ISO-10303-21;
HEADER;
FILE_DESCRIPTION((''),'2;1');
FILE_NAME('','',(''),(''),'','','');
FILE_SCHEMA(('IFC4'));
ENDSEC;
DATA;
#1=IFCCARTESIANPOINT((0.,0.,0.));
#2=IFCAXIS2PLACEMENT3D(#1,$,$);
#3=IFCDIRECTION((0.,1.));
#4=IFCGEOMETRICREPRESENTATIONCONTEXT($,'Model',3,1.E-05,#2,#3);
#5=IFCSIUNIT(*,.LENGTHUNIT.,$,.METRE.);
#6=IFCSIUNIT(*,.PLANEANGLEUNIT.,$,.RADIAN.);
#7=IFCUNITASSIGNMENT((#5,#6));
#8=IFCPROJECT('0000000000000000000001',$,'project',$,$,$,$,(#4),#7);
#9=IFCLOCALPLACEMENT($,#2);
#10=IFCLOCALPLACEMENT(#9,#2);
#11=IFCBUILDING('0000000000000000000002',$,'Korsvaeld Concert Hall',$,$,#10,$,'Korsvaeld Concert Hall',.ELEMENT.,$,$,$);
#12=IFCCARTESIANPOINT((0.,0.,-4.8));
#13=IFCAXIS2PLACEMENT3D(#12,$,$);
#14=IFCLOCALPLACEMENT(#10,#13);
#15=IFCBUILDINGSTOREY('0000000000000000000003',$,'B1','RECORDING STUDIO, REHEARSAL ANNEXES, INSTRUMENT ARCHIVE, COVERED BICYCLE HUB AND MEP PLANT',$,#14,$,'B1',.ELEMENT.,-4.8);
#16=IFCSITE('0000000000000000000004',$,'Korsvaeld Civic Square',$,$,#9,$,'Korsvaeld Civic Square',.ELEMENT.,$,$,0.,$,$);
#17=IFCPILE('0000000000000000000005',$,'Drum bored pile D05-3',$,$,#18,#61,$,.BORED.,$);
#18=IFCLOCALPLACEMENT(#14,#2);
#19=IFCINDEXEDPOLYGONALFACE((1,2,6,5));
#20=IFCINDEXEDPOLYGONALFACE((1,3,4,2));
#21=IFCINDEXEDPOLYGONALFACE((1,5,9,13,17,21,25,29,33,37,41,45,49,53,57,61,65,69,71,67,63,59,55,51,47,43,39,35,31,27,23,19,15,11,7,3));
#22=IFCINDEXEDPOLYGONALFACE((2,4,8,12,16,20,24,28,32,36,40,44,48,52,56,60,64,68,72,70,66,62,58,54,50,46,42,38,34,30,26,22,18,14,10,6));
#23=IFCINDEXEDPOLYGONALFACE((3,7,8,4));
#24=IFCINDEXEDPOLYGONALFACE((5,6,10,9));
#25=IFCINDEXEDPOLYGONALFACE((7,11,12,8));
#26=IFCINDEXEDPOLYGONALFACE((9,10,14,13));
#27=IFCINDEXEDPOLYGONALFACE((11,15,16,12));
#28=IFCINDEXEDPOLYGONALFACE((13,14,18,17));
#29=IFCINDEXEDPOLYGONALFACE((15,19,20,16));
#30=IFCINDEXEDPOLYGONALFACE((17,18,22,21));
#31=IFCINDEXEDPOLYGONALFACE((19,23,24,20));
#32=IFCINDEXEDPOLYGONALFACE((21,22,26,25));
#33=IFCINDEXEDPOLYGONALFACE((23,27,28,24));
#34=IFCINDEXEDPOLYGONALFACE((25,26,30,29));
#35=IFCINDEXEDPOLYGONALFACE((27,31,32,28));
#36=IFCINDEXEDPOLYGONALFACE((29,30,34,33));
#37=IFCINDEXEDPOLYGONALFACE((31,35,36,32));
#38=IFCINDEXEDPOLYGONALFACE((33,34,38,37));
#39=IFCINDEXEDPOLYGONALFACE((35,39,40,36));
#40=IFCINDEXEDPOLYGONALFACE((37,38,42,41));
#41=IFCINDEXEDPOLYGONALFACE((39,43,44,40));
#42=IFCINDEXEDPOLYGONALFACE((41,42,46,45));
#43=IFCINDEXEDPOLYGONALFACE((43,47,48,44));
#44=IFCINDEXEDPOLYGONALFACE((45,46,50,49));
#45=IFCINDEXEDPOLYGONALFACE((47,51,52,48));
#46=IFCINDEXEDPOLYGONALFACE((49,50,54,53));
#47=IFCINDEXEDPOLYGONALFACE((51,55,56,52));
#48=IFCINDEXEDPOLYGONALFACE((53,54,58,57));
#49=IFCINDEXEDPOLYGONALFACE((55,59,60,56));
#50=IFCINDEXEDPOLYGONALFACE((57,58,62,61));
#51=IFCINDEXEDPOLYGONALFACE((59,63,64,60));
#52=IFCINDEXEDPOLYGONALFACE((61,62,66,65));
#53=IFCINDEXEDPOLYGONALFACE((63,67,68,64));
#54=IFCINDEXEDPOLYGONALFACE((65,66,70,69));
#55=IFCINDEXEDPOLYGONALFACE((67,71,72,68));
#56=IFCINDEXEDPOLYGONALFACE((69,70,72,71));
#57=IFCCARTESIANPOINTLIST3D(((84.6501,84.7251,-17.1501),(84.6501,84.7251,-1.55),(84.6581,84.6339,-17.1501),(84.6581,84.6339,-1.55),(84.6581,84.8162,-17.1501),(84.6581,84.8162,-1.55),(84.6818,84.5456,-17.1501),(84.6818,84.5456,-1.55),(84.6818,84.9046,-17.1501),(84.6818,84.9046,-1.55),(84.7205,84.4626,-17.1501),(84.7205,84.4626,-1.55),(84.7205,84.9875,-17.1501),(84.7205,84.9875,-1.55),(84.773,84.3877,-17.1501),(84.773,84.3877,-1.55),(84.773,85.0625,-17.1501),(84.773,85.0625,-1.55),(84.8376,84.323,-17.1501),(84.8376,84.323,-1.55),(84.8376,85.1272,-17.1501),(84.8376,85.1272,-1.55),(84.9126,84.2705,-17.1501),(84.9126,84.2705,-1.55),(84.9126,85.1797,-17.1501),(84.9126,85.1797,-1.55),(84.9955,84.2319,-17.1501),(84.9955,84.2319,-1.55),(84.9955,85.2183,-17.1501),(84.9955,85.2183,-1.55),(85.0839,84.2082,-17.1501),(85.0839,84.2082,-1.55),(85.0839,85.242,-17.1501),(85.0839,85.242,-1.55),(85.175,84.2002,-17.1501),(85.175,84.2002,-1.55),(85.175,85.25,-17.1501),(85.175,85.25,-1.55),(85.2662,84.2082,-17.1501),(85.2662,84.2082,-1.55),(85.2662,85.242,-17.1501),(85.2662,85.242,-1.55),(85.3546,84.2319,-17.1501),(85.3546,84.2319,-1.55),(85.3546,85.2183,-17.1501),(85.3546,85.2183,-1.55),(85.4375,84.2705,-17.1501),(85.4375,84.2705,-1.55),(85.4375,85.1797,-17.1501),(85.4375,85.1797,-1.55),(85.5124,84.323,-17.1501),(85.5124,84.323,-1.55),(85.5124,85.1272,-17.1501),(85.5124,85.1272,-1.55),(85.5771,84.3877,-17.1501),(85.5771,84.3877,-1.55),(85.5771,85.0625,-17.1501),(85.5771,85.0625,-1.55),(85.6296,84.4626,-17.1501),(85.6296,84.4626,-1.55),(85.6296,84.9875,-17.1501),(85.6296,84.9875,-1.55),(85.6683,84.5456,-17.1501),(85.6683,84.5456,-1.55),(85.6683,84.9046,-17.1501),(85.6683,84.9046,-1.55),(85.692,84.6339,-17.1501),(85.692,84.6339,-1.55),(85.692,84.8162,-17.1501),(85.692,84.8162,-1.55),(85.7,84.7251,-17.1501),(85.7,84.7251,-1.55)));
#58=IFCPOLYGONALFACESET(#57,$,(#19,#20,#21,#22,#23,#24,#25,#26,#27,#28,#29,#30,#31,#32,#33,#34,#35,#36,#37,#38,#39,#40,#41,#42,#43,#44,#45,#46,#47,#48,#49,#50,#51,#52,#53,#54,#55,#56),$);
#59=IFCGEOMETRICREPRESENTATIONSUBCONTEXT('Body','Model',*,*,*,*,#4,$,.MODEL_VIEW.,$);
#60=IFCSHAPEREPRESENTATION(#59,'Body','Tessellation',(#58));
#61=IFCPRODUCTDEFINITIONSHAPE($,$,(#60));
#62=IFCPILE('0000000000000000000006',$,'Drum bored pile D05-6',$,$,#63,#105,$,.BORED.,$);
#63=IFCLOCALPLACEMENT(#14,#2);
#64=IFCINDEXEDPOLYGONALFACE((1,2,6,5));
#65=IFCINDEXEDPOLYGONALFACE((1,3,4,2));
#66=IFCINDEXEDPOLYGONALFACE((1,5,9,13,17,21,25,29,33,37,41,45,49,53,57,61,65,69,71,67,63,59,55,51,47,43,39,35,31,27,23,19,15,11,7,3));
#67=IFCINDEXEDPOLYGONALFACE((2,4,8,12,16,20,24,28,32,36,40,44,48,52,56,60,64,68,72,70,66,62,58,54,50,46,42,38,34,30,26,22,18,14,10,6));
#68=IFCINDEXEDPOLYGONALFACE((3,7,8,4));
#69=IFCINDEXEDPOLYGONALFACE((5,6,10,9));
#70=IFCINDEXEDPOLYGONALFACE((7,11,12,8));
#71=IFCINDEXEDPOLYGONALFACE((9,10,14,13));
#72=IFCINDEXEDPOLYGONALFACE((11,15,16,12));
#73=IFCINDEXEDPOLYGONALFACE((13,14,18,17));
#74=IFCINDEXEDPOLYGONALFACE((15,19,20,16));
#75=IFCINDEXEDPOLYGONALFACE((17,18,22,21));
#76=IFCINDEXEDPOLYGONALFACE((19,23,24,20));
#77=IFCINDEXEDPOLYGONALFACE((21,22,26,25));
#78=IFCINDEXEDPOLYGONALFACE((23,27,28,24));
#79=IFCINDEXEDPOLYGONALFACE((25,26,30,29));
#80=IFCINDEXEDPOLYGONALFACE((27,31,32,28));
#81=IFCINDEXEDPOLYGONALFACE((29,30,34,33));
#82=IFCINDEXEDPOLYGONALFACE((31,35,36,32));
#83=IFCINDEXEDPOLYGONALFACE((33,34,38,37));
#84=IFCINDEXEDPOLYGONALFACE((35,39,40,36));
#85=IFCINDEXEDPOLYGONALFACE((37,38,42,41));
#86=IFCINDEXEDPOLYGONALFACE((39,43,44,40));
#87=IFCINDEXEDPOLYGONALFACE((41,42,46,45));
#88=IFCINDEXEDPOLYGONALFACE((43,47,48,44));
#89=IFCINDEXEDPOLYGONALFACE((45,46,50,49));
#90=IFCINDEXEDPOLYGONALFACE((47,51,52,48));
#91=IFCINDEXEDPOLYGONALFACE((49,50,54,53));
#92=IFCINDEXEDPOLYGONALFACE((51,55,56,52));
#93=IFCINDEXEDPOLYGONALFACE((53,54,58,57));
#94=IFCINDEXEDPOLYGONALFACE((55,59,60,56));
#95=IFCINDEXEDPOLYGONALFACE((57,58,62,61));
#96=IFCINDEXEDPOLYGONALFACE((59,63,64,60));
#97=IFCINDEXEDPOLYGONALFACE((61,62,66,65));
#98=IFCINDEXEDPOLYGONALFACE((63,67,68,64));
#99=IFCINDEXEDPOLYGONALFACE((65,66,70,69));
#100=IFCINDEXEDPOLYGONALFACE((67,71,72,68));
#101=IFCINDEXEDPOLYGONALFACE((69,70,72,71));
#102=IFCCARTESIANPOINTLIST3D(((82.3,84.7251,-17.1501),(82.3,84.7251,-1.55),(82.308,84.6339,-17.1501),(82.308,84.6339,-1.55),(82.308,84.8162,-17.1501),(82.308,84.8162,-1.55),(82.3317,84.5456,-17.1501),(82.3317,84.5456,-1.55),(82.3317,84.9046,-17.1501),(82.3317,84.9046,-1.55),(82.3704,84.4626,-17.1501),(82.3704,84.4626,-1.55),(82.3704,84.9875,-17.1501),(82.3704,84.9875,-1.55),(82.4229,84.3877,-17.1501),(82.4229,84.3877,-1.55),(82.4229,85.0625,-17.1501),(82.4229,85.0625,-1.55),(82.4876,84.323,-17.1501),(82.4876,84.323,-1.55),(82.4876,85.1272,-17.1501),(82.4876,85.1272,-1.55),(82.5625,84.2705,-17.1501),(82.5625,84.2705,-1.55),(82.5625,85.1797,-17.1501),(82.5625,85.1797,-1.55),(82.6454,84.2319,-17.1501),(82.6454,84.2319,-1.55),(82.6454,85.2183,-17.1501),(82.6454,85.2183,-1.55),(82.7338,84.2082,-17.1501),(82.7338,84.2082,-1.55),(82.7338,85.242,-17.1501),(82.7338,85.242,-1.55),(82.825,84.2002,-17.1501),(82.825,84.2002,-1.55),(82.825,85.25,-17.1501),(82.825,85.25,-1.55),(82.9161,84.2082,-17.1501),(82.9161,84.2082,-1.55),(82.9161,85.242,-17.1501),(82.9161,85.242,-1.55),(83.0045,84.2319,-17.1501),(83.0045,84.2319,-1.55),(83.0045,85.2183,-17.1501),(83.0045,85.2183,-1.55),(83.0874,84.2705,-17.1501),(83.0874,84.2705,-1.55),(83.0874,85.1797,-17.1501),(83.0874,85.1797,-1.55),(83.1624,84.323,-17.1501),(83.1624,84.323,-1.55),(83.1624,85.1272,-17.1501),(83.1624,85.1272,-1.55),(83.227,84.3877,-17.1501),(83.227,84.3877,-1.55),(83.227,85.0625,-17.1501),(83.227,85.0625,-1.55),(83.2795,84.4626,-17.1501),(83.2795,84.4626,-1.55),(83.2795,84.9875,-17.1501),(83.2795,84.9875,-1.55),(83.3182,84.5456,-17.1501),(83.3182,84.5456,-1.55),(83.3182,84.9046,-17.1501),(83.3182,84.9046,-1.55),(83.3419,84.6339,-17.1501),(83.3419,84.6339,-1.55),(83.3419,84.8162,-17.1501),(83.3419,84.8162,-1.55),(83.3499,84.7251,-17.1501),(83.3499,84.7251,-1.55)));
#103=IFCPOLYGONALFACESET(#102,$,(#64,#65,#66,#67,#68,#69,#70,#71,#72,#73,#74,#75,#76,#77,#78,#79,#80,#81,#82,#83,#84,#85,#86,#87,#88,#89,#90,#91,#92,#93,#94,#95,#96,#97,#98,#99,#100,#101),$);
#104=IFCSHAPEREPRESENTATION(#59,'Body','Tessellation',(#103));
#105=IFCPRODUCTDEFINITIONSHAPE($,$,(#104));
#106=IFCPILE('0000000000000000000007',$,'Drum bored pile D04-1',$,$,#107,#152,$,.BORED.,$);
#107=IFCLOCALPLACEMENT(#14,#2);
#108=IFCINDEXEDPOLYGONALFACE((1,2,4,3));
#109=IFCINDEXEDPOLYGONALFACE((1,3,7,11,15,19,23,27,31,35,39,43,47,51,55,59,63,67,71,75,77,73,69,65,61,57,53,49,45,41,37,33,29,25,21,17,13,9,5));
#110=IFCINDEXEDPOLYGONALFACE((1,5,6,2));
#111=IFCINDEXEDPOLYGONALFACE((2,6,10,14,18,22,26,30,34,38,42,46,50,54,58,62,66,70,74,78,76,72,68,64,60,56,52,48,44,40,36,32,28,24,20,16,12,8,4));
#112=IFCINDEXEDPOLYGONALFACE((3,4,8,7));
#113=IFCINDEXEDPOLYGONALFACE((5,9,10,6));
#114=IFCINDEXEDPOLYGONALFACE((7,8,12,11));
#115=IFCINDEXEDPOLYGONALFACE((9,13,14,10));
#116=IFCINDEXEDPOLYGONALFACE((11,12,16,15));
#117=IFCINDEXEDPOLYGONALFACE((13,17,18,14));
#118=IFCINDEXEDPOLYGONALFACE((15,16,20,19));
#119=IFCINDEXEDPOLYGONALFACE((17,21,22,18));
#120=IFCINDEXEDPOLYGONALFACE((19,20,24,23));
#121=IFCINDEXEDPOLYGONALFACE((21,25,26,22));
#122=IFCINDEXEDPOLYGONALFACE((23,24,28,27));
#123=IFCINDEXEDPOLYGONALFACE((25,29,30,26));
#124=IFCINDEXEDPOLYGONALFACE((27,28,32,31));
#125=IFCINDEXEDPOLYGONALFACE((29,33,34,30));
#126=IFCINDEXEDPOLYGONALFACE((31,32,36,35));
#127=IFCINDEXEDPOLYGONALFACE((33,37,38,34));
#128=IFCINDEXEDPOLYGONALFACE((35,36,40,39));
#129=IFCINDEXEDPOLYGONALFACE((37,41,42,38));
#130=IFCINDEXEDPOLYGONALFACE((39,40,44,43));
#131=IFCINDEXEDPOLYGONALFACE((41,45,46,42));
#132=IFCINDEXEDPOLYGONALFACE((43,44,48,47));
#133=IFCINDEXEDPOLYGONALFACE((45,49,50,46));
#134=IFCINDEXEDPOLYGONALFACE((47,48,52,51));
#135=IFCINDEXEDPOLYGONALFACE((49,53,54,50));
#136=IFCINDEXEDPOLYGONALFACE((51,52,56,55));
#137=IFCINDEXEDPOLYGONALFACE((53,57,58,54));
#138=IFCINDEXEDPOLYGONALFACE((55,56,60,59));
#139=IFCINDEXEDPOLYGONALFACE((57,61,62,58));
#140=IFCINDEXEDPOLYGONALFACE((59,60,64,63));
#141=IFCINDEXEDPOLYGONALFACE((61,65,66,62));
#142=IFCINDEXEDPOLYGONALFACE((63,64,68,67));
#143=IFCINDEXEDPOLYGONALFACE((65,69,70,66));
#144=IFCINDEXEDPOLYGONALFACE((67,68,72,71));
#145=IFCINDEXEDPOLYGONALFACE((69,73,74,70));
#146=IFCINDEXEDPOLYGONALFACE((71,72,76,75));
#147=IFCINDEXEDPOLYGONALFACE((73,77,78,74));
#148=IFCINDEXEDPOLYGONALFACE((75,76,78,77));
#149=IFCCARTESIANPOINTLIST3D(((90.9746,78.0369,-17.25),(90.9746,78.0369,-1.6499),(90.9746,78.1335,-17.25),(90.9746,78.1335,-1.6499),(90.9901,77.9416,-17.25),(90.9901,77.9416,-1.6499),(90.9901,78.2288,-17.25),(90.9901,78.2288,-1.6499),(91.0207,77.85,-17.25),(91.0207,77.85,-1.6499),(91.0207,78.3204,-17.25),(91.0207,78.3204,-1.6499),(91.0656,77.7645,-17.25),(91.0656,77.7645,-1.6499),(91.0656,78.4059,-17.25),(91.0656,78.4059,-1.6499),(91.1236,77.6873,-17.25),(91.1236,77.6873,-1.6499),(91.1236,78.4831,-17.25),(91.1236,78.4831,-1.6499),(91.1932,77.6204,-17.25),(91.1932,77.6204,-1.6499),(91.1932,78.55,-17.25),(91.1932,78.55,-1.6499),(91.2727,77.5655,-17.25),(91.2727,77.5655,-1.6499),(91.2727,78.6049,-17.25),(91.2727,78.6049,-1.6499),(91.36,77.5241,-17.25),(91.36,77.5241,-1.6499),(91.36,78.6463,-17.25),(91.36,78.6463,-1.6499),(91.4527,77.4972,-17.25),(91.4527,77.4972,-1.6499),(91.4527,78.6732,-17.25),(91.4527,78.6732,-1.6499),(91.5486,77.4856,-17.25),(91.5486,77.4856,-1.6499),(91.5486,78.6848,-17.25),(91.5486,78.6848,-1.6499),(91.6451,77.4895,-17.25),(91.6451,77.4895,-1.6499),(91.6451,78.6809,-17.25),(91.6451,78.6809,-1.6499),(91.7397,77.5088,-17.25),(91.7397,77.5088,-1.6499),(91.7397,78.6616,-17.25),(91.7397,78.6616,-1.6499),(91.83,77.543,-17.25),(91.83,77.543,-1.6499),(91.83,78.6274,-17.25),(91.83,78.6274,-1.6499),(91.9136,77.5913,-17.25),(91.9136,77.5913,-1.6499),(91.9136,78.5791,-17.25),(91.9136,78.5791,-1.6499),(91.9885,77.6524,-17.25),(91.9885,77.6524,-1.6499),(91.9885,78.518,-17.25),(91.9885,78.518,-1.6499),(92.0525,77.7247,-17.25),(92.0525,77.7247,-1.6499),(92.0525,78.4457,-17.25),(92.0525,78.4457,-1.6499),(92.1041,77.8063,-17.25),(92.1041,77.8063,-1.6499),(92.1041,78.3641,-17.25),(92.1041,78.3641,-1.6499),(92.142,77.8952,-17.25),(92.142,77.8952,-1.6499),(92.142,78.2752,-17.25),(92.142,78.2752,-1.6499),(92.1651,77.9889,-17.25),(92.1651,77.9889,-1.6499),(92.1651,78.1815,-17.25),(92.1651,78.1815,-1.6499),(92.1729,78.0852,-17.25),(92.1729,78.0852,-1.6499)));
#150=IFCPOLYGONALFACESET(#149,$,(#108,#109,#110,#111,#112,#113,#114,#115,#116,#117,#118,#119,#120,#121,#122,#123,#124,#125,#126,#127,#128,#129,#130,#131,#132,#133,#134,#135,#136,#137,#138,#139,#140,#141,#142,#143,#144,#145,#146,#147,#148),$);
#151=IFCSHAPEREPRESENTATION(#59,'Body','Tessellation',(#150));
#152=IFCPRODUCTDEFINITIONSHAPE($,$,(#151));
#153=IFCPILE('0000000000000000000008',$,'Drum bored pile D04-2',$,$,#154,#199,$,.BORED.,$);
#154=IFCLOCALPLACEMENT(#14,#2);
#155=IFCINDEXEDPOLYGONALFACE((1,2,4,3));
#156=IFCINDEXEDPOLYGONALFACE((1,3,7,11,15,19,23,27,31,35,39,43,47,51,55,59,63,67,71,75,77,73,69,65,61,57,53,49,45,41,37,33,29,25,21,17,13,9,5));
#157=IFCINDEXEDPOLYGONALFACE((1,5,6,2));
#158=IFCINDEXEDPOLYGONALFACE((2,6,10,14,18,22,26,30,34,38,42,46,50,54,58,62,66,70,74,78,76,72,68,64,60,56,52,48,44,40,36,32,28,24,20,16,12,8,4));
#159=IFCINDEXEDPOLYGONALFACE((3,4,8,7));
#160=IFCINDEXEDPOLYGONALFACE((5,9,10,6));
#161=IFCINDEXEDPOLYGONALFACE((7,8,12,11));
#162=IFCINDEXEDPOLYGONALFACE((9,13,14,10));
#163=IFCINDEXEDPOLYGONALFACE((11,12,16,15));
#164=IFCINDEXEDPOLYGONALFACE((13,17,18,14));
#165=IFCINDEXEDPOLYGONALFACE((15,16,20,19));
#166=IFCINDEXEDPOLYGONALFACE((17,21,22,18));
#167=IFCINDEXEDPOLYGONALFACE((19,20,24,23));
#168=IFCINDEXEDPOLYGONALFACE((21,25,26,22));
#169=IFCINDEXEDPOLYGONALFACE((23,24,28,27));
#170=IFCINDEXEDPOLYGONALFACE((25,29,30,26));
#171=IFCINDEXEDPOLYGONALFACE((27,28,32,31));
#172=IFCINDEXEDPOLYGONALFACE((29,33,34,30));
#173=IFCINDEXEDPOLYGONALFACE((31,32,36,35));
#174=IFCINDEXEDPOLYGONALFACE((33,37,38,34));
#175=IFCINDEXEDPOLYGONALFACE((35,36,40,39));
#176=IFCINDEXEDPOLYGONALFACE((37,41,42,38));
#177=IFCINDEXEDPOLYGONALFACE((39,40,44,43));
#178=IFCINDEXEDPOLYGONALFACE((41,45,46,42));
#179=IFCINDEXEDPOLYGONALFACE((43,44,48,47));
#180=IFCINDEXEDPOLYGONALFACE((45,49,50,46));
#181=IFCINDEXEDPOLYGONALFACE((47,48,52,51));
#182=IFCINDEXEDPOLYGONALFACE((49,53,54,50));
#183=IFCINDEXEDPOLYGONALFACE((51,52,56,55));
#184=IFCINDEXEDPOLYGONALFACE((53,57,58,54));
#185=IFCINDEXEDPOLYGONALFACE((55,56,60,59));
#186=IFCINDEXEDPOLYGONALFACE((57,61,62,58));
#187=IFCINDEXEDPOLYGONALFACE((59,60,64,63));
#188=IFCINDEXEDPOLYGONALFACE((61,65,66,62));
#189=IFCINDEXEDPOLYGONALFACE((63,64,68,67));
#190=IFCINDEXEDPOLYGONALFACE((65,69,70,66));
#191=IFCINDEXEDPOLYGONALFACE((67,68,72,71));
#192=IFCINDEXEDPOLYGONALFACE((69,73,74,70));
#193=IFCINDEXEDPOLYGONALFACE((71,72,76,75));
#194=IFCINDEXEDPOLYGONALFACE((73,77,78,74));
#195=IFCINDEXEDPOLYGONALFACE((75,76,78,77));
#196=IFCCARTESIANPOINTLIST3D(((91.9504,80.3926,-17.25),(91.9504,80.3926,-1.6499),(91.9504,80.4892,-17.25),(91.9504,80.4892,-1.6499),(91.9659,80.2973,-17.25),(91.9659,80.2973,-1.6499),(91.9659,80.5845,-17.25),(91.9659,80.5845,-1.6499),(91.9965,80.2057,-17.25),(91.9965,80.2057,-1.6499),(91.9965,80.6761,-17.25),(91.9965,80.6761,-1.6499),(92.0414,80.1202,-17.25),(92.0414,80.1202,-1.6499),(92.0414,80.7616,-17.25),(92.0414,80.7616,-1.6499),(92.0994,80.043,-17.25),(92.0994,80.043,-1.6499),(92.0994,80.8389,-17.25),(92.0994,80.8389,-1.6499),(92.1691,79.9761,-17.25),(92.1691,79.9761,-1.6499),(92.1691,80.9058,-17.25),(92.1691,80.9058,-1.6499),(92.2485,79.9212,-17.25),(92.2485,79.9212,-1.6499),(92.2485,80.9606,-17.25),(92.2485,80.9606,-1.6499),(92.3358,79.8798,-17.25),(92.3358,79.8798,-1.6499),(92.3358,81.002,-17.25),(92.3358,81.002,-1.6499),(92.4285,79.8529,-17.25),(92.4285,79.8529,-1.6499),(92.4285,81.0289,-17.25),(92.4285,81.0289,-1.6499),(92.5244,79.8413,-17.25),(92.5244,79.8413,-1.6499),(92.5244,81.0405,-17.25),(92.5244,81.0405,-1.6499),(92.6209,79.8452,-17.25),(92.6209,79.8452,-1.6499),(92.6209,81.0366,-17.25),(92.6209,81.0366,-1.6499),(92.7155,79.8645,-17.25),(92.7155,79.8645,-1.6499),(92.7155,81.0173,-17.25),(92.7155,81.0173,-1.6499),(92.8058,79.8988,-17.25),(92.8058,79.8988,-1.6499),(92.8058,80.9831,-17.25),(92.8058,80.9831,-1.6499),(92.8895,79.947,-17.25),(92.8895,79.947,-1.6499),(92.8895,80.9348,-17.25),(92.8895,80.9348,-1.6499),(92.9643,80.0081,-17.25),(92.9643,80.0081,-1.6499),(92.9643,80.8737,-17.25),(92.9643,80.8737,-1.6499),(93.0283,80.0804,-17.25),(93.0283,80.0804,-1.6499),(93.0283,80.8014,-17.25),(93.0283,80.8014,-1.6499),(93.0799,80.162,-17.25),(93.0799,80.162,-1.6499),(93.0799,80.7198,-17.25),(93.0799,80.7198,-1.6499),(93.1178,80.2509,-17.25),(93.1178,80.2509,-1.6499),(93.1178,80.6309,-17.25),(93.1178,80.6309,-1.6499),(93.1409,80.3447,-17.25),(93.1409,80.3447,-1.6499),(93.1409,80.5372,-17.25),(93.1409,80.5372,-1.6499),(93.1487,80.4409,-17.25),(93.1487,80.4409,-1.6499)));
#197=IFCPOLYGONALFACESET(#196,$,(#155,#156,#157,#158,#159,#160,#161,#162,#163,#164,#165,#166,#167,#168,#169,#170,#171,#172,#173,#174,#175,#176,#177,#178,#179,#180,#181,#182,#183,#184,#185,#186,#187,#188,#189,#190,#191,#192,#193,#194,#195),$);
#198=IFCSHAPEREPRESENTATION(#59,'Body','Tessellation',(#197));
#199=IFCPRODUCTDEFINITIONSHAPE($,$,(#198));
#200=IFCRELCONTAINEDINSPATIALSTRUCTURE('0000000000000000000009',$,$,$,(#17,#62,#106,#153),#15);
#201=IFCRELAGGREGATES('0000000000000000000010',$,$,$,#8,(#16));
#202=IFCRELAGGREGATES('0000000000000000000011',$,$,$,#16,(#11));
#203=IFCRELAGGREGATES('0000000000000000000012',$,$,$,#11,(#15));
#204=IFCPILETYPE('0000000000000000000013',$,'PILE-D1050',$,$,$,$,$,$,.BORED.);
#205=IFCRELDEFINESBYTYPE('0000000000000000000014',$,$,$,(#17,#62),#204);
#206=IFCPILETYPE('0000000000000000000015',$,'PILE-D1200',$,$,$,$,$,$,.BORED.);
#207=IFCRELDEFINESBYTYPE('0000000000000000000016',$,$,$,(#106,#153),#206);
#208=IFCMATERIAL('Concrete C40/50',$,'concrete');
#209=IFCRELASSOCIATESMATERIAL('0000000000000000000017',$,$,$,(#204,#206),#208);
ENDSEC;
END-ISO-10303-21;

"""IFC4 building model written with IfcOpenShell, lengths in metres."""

from ifc_helpers import new_model, si_unit, direction, frame, origin, origin_2d, place, context, subcontext, project, spatial, circle, extrude, material, material_profile, profile_set, type_object, element, save


model = new_model("IFC4")

# Units and contexts
model_context = context("Model", 3, precision=1e-05, world=origin(), true_north=direction((0.0, 1.0)))
body_context = subcontext(model_context, "Body", "Model", "MODEL_VIEW")
ifc_project = project(units=[si_unit("LENGTHUNIT", "METRE"), si_unit("PLANEANGLEUNIT", "RADIAN")], contexts=[model_context])

# Site, building, storey
site_placement = place(None, origin())
site = spatial("IfcSite", under=ifc_project, at=site_placement, Name="Korsvaeld Civic Square", LongName="Korsvaeld Civic Square", CompositionType="ELEMENT", RefElevation=0.0)
building_placement = place(site_placement, origin())
building = spatial("IfcBuilding", under=site, at=building_placement, Name="Korsvaeld Concert Hall", LongName="Korsvaeld Concert Hall", CompositionType="ELEMENT")
storey_placement = place(building_placement, frame((0.0, 0.0, -4.8)))
storey = spatial("IfcBuildingStorey", under=building, at=storey_placement, Name="B1", Description="RECORDING STUDIO, REHEARSAL ANNEXES, INSTRUMENT ARCHIVE, COVERED BICYCLE HUB AND MEP PLANT", LongName="B1", CompositionType="ELEMENT", Elevation=-4.8)

# Piles
ifc_material_1 = material(Name="Concrete C40/50", Category="concrete")
ifc_material_profile_1 = material_profile(ifc_material_1, circle(Radius=0.5249, at=origin_2d()), Name="BORED PILE D1050")
ifc_profile_set_1 = profile_set([ifc_material_profile_1], Name="Concrete C40/50")
pile_type_1 = type_object("IfcPileType", Name="PILE-D1050", PredefinedType="BORED", material=ifc_profile_set_1)
for number, where, z_axis, x_axis, name in (
    (1, (85.175, 84.7251, -1.55), (0.0, 0.0, -1.0), (1.0, 0.0, 0.0), "Drum bored pile D05-3"),
    (2, (82.825, 84.7251, -1.55), (0.0, 0.0, -1.0), (1.0, 0.0, 0.0), "Drum bored pile D05-6"),
):
    element("IfcPile", number, at=place(storey_placement, frame(where, z_axis=z_axis, x_axis=x_axis)), inside=storey, type_object=pile_type_1, Name=name, PredefinedType="BORED", context=body_context, shape_type="SweptSolid", body=[
        extrude(circle(Radius=0.5249, at=origin_2d()), origin(), (0.0, 0.0, 1.0), 15.6001),
    ])
ifc_material_profile_2 = material_profile(ifc_material_1, circle(Radius=0.6001, at=origin_2d()), Name="BORED PILE D1200")
ifc_profile_set_2 = profile_set([ifc_material_profile_2], Name="Concrete C40/50")
pile_type_2 = type_object("IfcPileType", Name="PILE-D1200", PredefinedType="BORED", material=ifc_profile_set_2)
for number, where, z_axis, x_axis, name in (
    (3, (91.5728, 78.0852, -1.6499), (0.0, 0.0, -1.0), (1.0, 0.0, 0.0), "Drum bored pile D04-1"),
    (4, (92.5486, 80.4409, -1.6499), (0.0, 0.0, -1.0), (1.0, 0.0, 0.0), "Drum bored pile D04-2"),
):
    element("IfcPile", number, at=place(storey_placement, frame(where, z_axis=z_axis, x_axis=x_axis)), inside=storey, type_object=pile_type_2, Name=name, PredefinedType="BORED", context=body_context, shape_type="SweptSolid", body=[
        extrude(circle(Radius=0.6001, at=origin_2d()), origin(), (0.0, 0.0, 1.0), 15.6001),
    ])

save(model, "model.ifc")
